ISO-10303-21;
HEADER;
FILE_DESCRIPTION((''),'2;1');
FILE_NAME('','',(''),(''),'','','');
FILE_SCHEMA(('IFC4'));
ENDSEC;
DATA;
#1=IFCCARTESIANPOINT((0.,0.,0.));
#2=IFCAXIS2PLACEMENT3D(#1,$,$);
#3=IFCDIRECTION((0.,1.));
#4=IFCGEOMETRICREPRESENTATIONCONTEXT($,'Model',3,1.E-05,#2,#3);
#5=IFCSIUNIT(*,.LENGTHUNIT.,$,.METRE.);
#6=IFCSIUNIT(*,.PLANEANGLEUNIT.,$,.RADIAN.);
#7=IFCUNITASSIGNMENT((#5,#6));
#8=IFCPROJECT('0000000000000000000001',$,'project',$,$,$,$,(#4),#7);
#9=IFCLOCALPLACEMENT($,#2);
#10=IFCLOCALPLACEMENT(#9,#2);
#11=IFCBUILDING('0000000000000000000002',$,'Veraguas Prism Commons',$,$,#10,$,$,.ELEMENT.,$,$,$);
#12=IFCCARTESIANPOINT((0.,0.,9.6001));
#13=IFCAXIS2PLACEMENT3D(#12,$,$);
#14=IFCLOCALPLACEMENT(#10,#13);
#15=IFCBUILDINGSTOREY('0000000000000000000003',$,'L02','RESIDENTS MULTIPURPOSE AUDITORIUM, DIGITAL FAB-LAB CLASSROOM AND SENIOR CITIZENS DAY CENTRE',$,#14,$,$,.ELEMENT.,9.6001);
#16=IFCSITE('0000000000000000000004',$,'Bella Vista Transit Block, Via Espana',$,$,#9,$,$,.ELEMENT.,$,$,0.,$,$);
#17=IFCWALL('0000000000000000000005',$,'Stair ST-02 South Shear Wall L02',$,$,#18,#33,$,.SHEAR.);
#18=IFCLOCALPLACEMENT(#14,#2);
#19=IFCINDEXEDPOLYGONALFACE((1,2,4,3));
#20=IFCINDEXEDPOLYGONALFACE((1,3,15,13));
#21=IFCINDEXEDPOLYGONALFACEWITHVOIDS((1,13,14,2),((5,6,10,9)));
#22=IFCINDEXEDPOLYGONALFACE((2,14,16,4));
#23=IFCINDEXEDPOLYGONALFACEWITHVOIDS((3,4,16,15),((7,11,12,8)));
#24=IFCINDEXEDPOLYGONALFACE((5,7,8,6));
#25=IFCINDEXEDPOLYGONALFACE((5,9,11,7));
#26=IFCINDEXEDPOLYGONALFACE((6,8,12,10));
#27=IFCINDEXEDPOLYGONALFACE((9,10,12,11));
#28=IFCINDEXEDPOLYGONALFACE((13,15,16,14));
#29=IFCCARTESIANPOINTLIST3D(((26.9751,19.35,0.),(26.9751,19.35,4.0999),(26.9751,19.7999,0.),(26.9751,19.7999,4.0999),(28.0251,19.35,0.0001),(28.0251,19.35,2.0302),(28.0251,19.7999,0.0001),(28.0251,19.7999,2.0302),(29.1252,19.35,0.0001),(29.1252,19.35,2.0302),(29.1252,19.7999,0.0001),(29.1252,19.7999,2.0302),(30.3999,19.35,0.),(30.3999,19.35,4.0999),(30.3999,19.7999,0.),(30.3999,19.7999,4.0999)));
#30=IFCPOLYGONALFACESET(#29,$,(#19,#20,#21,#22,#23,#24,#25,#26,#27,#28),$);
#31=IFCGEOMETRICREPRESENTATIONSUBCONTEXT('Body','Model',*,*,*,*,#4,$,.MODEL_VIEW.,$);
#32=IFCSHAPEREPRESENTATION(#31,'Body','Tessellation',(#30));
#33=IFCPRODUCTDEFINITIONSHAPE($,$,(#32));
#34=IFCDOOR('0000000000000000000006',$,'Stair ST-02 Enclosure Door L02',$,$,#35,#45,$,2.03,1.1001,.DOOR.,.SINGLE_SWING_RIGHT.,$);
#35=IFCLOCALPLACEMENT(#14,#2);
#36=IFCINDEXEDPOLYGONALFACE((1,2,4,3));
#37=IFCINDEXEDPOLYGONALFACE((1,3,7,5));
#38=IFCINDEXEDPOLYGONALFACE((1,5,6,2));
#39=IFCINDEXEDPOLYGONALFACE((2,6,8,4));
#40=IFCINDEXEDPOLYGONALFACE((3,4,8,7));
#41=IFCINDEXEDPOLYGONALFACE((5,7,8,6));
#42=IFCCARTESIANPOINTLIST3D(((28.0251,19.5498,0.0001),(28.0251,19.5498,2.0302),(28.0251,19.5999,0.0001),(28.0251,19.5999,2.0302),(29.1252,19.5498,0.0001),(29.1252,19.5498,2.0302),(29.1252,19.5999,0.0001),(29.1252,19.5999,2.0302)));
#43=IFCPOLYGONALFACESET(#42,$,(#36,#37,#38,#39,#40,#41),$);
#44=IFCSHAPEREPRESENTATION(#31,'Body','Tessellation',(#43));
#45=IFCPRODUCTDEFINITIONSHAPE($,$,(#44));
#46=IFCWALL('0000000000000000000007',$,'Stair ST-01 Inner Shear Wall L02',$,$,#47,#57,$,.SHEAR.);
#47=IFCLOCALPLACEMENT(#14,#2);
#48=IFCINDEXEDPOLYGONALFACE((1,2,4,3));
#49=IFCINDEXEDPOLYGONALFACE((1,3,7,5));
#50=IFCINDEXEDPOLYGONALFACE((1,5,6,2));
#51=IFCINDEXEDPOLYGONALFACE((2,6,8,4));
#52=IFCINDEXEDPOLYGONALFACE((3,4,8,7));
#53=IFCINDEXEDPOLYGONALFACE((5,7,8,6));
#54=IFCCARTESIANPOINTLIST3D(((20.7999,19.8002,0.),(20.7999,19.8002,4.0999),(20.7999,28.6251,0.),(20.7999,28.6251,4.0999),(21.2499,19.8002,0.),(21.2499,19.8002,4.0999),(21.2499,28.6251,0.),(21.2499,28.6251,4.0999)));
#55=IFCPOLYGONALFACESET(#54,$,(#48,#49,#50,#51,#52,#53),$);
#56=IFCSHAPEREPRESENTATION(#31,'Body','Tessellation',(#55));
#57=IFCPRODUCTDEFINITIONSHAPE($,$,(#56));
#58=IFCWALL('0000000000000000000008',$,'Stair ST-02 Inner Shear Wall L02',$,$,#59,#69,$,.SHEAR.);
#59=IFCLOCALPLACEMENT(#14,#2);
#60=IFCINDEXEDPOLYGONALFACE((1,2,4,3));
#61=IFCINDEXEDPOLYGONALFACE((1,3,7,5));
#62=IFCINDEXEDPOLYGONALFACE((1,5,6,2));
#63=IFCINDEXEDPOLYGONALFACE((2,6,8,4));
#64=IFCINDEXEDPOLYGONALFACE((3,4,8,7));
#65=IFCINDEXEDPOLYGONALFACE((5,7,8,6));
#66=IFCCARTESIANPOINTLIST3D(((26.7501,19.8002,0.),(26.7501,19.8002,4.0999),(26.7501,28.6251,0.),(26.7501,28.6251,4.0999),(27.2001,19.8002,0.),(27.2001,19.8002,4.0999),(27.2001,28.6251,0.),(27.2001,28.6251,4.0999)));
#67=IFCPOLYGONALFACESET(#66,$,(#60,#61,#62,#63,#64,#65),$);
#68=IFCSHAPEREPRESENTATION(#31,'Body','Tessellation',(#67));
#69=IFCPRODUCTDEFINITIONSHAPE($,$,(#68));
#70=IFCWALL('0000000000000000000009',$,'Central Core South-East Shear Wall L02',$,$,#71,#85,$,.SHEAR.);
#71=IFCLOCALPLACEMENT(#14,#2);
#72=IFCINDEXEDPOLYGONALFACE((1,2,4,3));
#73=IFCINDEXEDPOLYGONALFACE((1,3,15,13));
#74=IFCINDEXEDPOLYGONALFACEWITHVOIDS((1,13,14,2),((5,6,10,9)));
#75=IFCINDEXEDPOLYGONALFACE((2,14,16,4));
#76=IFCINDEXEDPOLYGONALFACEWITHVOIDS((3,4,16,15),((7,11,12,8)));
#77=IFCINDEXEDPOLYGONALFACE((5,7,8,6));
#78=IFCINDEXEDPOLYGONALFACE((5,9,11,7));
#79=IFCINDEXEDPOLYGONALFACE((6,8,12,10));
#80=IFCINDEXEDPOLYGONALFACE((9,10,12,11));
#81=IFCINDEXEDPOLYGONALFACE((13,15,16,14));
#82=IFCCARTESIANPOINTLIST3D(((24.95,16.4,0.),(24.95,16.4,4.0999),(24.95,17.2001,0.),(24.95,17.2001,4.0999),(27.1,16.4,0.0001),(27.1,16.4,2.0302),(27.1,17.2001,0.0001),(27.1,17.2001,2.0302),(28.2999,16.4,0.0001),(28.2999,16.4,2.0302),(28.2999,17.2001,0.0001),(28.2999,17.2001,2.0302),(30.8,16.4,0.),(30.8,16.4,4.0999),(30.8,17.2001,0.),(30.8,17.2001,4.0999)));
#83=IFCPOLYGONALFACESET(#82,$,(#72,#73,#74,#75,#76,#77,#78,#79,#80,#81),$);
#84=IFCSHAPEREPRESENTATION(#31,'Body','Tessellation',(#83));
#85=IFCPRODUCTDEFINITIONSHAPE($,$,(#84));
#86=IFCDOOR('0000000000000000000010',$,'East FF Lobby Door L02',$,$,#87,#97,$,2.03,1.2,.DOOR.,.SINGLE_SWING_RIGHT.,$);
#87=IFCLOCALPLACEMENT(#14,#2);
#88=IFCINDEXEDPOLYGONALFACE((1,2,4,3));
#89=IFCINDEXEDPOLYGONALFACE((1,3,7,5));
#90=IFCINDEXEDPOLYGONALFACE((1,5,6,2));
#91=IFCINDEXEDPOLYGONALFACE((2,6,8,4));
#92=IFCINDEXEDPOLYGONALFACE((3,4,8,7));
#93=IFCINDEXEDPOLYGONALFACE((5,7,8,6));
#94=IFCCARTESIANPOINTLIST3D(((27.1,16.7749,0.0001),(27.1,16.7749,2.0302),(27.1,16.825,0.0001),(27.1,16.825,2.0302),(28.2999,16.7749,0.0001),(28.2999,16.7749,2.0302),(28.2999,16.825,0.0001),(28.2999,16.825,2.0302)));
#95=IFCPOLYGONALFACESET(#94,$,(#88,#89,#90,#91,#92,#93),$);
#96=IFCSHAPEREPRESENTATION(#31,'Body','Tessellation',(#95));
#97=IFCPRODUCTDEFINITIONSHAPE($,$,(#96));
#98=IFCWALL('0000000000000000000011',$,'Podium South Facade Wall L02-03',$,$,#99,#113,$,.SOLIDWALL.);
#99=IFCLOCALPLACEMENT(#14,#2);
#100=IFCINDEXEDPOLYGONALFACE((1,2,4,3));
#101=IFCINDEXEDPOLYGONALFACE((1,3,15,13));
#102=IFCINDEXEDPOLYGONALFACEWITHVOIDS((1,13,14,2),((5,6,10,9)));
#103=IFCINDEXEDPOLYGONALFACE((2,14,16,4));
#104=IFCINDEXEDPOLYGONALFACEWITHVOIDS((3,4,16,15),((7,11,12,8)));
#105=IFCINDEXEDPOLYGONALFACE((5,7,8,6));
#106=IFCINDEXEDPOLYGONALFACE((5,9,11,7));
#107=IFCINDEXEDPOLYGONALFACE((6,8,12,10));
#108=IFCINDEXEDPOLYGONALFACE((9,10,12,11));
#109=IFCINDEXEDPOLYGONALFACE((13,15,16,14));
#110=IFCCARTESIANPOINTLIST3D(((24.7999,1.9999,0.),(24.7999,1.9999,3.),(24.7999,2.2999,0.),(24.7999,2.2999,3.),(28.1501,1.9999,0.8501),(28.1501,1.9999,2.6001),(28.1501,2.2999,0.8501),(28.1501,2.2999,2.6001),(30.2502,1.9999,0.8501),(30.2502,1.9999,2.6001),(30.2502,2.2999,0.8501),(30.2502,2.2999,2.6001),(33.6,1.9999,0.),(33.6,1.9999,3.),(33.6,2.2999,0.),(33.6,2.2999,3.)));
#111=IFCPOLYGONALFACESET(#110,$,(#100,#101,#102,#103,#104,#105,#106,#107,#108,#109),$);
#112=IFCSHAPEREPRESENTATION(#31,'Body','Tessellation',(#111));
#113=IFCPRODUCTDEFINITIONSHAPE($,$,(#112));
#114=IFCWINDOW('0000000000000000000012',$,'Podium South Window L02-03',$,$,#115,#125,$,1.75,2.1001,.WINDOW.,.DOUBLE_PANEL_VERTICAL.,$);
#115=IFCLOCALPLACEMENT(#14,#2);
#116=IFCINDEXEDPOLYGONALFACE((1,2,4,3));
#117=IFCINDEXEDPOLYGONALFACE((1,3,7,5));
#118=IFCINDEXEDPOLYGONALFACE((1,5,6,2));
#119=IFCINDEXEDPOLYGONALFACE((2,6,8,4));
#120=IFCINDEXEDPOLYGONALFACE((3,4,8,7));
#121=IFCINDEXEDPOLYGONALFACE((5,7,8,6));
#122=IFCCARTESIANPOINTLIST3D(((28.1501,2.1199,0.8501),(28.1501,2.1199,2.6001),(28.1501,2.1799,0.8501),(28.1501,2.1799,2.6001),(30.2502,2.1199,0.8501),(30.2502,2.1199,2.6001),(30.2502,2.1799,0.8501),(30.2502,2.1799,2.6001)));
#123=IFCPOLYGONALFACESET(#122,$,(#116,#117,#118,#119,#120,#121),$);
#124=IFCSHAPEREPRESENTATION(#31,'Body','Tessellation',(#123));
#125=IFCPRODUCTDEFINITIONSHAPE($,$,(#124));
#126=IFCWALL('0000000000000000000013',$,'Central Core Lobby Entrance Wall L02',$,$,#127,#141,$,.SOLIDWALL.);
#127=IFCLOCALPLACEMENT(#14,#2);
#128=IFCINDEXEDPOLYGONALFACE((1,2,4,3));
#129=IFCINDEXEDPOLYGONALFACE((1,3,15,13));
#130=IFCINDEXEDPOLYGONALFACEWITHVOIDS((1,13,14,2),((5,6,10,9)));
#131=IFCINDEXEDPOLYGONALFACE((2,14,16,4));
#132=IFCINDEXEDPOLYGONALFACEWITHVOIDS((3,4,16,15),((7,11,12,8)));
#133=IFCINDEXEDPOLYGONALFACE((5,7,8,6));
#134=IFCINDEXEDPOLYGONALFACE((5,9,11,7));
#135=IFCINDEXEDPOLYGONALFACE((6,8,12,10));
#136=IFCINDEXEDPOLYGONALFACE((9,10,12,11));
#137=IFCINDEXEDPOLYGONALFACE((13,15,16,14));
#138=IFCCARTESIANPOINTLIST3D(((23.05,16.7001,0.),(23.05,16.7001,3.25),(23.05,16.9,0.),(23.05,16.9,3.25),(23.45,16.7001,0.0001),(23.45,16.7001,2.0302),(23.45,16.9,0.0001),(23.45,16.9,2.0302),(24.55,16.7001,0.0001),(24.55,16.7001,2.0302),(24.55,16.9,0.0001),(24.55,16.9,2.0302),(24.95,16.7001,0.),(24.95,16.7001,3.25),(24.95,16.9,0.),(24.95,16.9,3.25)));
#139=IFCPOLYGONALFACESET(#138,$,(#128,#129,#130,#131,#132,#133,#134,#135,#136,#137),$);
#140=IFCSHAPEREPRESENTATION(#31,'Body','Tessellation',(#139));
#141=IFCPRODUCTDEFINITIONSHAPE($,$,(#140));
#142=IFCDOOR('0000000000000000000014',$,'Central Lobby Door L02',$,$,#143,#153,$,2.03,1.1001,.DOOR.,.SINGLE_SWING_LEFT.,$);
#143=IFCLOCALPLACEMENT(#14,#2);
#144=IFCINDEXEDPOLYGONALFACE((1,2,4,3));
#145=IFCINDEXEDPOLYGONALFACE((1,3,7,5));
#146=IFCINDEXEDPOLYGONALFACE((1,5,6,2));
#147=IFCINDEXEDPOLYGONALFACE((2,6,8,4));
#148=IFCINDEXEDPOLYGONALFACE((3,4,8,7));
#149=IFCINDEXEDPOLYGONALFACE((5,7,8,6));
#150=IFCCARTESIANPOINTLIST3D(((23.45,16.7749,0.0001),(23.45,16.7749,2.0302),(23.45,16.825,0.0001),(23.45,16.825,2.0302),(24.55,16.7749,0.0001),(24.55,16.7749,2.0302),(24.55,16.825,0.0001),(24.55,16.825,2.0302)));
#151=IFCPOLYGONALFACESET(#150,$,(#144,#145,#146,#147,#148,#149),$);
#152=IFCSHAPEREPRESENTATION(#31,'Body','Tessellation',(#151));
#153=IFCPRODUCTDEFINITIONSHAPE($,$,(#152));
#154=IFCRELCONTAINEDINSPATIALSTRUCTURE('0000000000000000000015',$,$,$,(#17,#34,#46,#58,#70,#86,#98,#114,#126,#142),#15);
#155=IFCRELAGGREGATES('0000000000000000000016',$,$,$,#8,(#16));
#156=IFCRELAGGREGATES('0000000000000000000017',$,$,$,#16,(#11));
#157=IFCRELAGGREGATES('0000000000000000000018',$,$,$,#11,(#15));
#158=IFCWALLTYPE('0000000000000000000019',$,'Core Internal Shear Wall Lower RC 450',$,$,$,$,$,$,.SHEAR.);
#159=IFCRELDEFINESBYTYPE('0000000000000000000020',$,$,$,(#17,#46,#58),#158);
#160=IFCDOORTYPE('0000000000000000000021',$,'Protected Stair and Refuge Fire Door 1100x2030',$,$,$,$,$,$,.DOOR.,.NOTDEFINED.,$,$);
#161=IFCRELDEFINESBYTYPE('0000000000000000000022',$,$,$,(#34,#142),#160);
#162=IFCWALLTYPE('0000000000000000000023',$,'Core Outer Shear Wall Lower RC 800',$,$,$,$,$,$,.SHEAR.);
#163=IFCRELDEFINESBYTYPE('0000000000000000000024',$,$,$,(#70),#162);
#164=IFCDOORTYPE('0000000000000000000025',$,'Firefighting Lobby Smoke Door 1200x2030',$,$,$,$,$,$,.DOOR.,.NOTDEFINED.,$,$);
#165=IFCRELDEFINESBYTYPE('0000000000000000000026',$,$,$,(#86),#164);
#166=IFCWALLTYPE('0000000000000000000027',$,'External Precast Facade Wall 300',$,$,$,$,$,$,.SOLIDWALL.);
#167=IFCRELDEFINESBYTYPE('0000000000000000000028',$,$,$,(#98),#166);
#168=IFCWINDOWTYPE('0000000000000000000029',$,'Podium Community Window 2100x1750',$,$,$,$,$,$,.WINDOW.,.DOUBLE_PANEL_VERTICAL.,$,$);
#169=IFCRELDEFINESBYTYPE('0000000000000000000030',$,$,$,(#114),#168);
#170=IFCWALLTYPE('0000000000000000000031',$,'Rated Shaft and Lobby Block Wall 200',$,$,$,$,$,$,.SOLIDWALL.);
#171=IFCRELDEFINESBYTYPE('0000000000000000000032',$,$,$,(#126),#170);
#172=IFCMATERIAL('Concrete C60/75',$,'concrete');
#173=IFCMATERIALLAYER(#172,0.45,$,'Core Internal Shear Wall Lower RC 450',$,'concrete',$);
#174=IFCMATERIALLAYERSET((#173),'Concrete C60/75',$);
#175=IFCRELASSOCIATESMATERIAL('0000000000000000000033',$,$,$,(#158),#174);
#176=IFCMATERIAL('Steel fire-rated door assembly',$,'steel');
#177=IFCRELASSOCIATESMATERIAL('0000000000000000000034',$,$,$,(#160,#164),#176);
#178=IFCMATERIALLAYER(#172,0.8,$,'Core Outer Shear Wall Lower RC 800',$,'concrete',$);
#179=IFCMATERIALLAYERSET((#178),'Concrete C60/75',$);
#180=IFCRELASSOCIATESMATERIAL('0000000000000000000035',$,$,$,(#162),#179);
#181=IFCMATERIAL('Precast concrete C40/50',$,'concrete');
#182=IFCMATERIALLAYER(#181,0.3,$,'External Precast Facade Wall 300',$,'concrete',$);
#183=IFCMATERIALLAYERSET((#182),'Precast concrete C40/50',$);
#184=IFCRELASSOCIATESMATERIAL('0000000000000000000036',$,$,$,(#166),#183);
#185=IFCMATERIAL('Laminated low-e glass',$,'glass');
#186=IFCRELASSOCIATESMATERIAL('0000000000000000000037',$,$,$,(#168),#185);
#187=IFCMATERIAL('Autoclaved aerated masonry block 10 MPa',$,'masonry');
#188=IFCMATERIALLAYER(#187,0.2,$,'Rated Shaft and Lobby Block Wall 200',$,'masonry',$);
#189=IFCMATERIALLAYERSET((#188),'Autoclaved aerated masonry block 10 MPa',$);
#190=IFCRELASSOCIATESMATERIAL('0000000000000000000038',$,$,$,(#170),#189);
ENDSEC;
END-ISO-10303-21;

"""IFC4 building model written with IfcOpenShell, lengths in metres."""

from ifc_helpers import new_model, si_unit, direction, frame, frame_2d, origin, place, context, subcontext, project, spatial, rectangle, extrude, source, transform, mapped, material, layer, layer_set, type_object, element, fill, save


model = new_model("IFC4")

# Units and contexts
model_context = context("Model", 3, precision=1e-05, world=origin(), true_north=direction((0.0, 1.0)))
body_context = subcontext(model_context, "Body", "Model", "MODEL_VIEW")
ifc_project = project(units=[si_unit("LENGTHUNIT", "METRE"), si_unit("PLANEANGLEUNIT", "RADIAN")], contexts=[model_context])

# Site, building, storey
site_placement = place(None, origin())
site = spatial("IfcSite", under=ifc_project, at=site_placement, Name="Bella Vista Transit Block, Via Espana", CompositionType="ELEMENT", RefElevation=0.0)
building_placement = place(site_placement, origin())
building = spatial("IfcBuilding", under=site, at=building_placement, Name="Veraguas Prism Commons", CompositionType="ELEMENT")
storey_placement = place(building_placement, frame((0.0, 0.0, 9.6001)))
storey = spatial("IfcBuildingStorey", under=building, at=storey_placement, Name="L02", Description="RESIDENTS MULTIPURPOSE AUDITORIUM, DIGITAL FAB-LAB CLASSROOM AND SENIOR CITIZENS DAY CENTRE", CompositionType="ELEMENT", Elevation=9.6001)

# Shared definitions
ifc_material_1 = material(Name="Concrete C60/75", Category="concrete")

# Wall, opening, door
ifc_layer_1 = layer(ifc_material_1, 0.45, Name="Core Internal Shear Wall Lower RC 450", Category="concrete")
ifc_layer_set_1 = layer_set([ifc_layer_1], Name="Concrete C60/75")
wall_type_1 = type_object("IfcWallType", Name="Core Internal Shear Wall Lower RC 450", PredefinedType="SHEAR", material=ifc_layer_set_1)
ifc_material_2 = material(Name="Steel fire-rated door assembly", Category="steel")
door_type_1 = type_object("IfcDoorType", Name="Protected Stair and Refuge Fire Door 1100x2030", OperationType="NOTDEFINED", PredefinedType="DOOR", material=ifc_material_2)
shared_shape_1 = source(origin(), body_context, "Body", "SweptSolid", [
    extrude(rectangle(XDim=1.1001, YDim=2.03, at=frame_2d((0.55, 1.0151))), frame((0.0, 0.0249, 0.0), z_axis=(0.0, -1.0, 0.0), x_axis=(1.0, 0.0, 0.0)), (0.0, 0.0, 1.0), 0.05),
])
wall_1_placement = place(storey_placement, frame((26.9751, 19.575, 0.0), z_axis=(0.0, 0.0, 1.0), x_axis=(1.0, 0.0, 0.0)))
wall_1 = element("IfcWall", 1, at=wall_1_placement, inside=storey, type_object=wall_type_1, Name="Stair ST-02 South Shear Wall L02", PredefinedType="SHEAR", context=body_context, shape_type="SweptSolid", body=[
    extrude(rectangle(XDim=3.4248, YDim=0.45, at=frame_2d((1.7124, 0.0))), origin(), (0.0, 0.0, 1.0), 4.0999),
])
opening_1_placement = place(wall_1_placement, frame((1.05, 0.0, 0.0)))
opening_1 = element("IfcOpeningElement", 2, at=opening_1_placement, cuts=wall_1, PredefinedType="OPENING", context=body_context, shape_type="SweptSolid", body=[
    extrude(rectangle(XDim=1.1001, YDim=2.03, at=frame_2d((0.55, 1.0151))), frame((0.0, 0.2349, 0.0), z_axis=(0.0, -1.0, 0.0), x_axis=(1.0, 0.0, 0.0)), (0.0, 0.0, 1.0), 0.47),
])
door_1_placement = place(opening_1_placement, origin())
door_1 = element("IfcDoor", 3, at=door_1_placement, inside=storey, type_object=door_type_1, Name="Stair ST-02 Enclosure Door L02", OperationType="SINGLE_SWING_RIGHT", OverallHeight=2.03, OverallWidth=1.1001, PredefinedType="DOOR", context=body_context, shape_type="MappedRepresentation", body=[
    mapped(shared_shape_1, transform((0.0, 0.0, 0.0), scale=1.0)),
])
fill(opening_1, door_1)

# Walls
for number, where, z_axis, x_axis, name in (
    (4, (21.0249, 19.8, 0.0), (0.0, 0.0, 1.0), (0.0, 1.0, 0.0), "Stair ST-01 Inner Shear Wall L02"),
    (5, (26.9751, 19.8, 0.0), (0.0, 0.0, 1.0), (0.0, 1.0, 0.0), "Stair ST-02 Inner Shear Wall L02"),
):
    element("IfcWall", number, at=place(storey_placement, frame(where, z_axis=z_axis, x_axis=x_axis)), inside=storey, type_object=wall_type_1, Name=name, PredefinedType="SHEAR", context=body_context, shape_type="SweptSolid", body=[
        extrude(rectangle(XDim=8.825, YDim=0.45, at=frame_2d((4.4126, 0.0))), origin(), (0.0, 0.0, 1.0), 4.0999),
    ])

# Wall, opening, door
ifc_layer_2 = layer(ifc_material_1, 0.8, Name="Core Outer Shear Wall Lower RC 800", Category="concrete")
ifc_layer_set_2 = layer_set([ifc_layer_2], Name="Concrete C60/75")
wall_type_2 = type_object("IfcWallType", Name="Core Outer Shear Wall Lower RC 800", PredefinedType="SHEAR", material=ifc_layer_set_2)
wall_2_placement = place(storey_placement, frame((24.95, 16.8, 0.0), z_axis=(0.0, 0.0, 1.0), x_axis=(1.0, 0.0, 0.0)))
wall_2 = element("IfcWall", 6, at=wall_2_placement, inside=storey, type_object=wall_type_2, Name="Central Core South-East Shear Wall L02", PredefinedType="SHEAR", context=body_context, shape_type="SweptSolid", body=[
    extrude(rectangle(XDim=5.8501, YDim=0.8, at=frame_2d((2.925, 0.0))), origin(), (0.0, 0.0, 1.0), 4.0999),
])
opening_2_placement = place(wall_2_placement, frame((2.1499, 0.0, 0.0)))
opening_2 = element("IfcOpeningElement", 7, at=opening_2_placement, cuts=wall_2, PredefinedType="OPENING", context=body_context, shape_type="SweptSolid", body=[
    extrude(rectangle(XDim=1.2, YDim=2.03, at=frame_2d((0.6001, 1.0151))), frame((0.0, 0.4099, 0.0), z_axis=(0.0, -1.0, 0.0), x_axis=(1.0, 0.0, 0.0)), (0.0, 0.0, 1.0), 0.8201),
])
door_type_2 = type_object("IfcDoorType", Name="Firefighting Lobby Smoke Door 1200x2030", OperationType="NOTDEFINED", PredefinedType="DOOR", material=ifc_material_2)
shared_shape_2 = source(origin(), body_context, "Body", "SweptSolid", [
    extrude(rectangle(XDim=1.2, YDim=2.03, at=frame_2d((0.6001, 1.0151))), frame((0.0, 0.0249, 0.0), z_axis=(0.0, -1.0, 0.0), x_axis=(1.0, 0.0, 0.0)), (0.0, 0.0, 1.0), 0.05),
])
door_2_placement = place(opening_2_placement, origin())
door_2 = element("IfcDoor", 8, at=door_2_placement, inside=storey, type_object=door_type_2, Name="East FF Lobby Door L02", OperationType="SINGLE_SWING_RIGHT", OverallHeight=2.03, OverallWidth=1.2, PredefinedType="DOOR", context=body_context, shape_type="MappedRepresentation", body=[
    mapped(shared_shape_2, transform((0.0, 0.0, 0.0), scale=1.0)),
])
fill(opening_2, door_2)

# Wall, opening, window
ifc_material_3 = material(Name="Precast concrete C40/50", Category="concrete")
ifc_layer_3 = layer(ifc_material_3, 0.3, Name="External Precast Facade Wall 300", Category="concrete")
ifc_layer_set_3 = layer_set([ifc_layer_3], Name="Precast concrete C40/50")
wall_type_3 = type_object("IfcWallType", Name="External Precast Facade Wall 300", PredefinedType="SOLIDWALL", material=ifc_layer_set_3)
wall_3_placement = place(storey_placement, frame((24.8, 2.1499, 0.0), z_axis=(0.0, 0.0, 1.0), x_axis=(1.0, 0.0, 0.0)))
wall_3 = element("IfcWall", 9, at=wall_3_placement, inside=storey, type_object=wall_type_3, Name="Podium South Facade Wall L02-03", PredefinedType="SOLIDWALL", context=body_context, shape_type="SweptSolid", body=[
    extrude(rectangle(XDim=8.8, YDim=0.3, at=frame_2d((4.3999, 0.0))), origin(), (0.0, 0.0, 1.0), 3.0),
])
opening_3_placement = place(wall_3_placement, frame((3.3501, 0.0, 0.8501)))
opening_3 = element("IfcOpeningElement", 10, at=opening_3_placement, cuts=wall_3, PredefinedType="OPENING", context=body_context, shape_type="SweptSolid", body=[
    extrude(rectangle(XDim=2.1001, YDim=1.75, at=frame_2d((1.05, 0.875))), frame((0.0, 0.1599, 0.0), z_axis=(0.0, -1.0, 0.0), x_axis=(1.0, 0.0, 0.0)), (0.0, 0.0, 1.0), 0.3201),
])
ifc_material_4 = material(Name="Laminated low-e glass", Category="glass")
window_type = type_object("IfcWindowType", Name="Podium Community Window 2100x1750", PartitioningType="DOUBLE_PANEL_VERTICAL", PredefinedType="WINDOW", material=ifc_material_4)
shared_shape_3 = source(origin(), body_context, "Body", "SweptSolid", [
    extrude(rectangle(XDim=2.1001, YDim=1.75, at=frame_2d((1.05, 0.875))), frame((0.0, 0.03, 0.0), z_axis=(0.0, -1.0, 0.0), x_axis=(1.0, 0.0, 0.0)), (0.0, 0.0, 1.0), 0.0601),
])
window_placement = place(opening_3_placement, origin())
window = element("IfcWindow", 11, at=window_placement, inside=storey, type_object=window_type, Name="Podium South Window L02-03", OverallHeight=1.75, OverallWidth=2.1001, PartitioningType="DOUBLE_PANEL_VERTICAL", PredefinedType="WINDOW", context=body_context, shape_type="MappedRepresentation", body=[
    mapped(shared_shape_3, transform((0.0, 0.0, 0.0), scale=1.0)),
])
fill(opening_3, window)

# Wall, opening, door
ifc_material_5 = material(Name="Autoclaved aerated masonry block 10 MPa", Category="masonry")
ifc_layer_4 = layer(ifc_material_5, 0.2, Name="Rated Shaft and Lobby Block Wall 200", Category="masonry")
ifc_layer_set_4 = layer_set([ifc_layer_4], Name="Autoclaved aerated masonry block 10 MPa")
wall_type_4 = type_object("IfcWallType", Name="Rated Shaft and Lobby Block Wall 200", PredefinedType="SOLIDWALL", material=ifc_layer_set_4)
wall_4_placement = place(storey_placement, frame((23.05, 16.8, 0.0), z_axis=(0.0, 0.0, 1.0), x_axis=(1.0, 0.0, 0.0)))
wall_4 = element("IfcWall", 12, at=wall_4_placement, inside=storey, type_object=wall_type_4, Name="Central Core Lobby Entrance Wall L02", PredefinedType="SOLIDWALL", context=body_context, shape_type="SweptSolid", body=[
    extrude(rectangle(XDim=1.8999, YDim=0.2, at=frame_2d((0.95, 0.0))), origin(), (0.0, 0.0, 1.0), 3.25),
])
opening_4_placement = place(wall_4_placement, frame((0.3999, 0.0, 0.0)))
opening_4 = element("IfcOpeningElement", 13, at=opening_4_placement, cuts=wall_4, PredefinedType="OPENING", context=body_context, shape_type="SweptSolid", body=[
    extrude(rectangle(XDim=1.1001, YDim=2.03, at=frame_2d((0.55, 1.0151))), frame((0.0, 0.1099, 0.0), z_axis=(0.0, -1.0, 0.0), x_axis=(1.0, 0.0, 0.0)), (0.0, 0.0, 1.0), 0.22),
])
door_3_placement = place(opening_4_placement, origin())
door_3 = element("IfcDoor", 14, at=door_3_placement, inside=storey, type_object=door_type_1, Name="Central Lobby Door L02", OperationType="SINGLE_SWING_LEFT", OverallHeight=2.03, OverallWidth=1.1001, PredefinedType="DOOR", context=body_context, shape_type="MappedRepresentation", body=[
    mapped(shared_shape_1, transform((0.0, 0.0, 0.0), scale=1.0)),
])
fill(opening_4, door_3)

save(model, "model.ifc")
